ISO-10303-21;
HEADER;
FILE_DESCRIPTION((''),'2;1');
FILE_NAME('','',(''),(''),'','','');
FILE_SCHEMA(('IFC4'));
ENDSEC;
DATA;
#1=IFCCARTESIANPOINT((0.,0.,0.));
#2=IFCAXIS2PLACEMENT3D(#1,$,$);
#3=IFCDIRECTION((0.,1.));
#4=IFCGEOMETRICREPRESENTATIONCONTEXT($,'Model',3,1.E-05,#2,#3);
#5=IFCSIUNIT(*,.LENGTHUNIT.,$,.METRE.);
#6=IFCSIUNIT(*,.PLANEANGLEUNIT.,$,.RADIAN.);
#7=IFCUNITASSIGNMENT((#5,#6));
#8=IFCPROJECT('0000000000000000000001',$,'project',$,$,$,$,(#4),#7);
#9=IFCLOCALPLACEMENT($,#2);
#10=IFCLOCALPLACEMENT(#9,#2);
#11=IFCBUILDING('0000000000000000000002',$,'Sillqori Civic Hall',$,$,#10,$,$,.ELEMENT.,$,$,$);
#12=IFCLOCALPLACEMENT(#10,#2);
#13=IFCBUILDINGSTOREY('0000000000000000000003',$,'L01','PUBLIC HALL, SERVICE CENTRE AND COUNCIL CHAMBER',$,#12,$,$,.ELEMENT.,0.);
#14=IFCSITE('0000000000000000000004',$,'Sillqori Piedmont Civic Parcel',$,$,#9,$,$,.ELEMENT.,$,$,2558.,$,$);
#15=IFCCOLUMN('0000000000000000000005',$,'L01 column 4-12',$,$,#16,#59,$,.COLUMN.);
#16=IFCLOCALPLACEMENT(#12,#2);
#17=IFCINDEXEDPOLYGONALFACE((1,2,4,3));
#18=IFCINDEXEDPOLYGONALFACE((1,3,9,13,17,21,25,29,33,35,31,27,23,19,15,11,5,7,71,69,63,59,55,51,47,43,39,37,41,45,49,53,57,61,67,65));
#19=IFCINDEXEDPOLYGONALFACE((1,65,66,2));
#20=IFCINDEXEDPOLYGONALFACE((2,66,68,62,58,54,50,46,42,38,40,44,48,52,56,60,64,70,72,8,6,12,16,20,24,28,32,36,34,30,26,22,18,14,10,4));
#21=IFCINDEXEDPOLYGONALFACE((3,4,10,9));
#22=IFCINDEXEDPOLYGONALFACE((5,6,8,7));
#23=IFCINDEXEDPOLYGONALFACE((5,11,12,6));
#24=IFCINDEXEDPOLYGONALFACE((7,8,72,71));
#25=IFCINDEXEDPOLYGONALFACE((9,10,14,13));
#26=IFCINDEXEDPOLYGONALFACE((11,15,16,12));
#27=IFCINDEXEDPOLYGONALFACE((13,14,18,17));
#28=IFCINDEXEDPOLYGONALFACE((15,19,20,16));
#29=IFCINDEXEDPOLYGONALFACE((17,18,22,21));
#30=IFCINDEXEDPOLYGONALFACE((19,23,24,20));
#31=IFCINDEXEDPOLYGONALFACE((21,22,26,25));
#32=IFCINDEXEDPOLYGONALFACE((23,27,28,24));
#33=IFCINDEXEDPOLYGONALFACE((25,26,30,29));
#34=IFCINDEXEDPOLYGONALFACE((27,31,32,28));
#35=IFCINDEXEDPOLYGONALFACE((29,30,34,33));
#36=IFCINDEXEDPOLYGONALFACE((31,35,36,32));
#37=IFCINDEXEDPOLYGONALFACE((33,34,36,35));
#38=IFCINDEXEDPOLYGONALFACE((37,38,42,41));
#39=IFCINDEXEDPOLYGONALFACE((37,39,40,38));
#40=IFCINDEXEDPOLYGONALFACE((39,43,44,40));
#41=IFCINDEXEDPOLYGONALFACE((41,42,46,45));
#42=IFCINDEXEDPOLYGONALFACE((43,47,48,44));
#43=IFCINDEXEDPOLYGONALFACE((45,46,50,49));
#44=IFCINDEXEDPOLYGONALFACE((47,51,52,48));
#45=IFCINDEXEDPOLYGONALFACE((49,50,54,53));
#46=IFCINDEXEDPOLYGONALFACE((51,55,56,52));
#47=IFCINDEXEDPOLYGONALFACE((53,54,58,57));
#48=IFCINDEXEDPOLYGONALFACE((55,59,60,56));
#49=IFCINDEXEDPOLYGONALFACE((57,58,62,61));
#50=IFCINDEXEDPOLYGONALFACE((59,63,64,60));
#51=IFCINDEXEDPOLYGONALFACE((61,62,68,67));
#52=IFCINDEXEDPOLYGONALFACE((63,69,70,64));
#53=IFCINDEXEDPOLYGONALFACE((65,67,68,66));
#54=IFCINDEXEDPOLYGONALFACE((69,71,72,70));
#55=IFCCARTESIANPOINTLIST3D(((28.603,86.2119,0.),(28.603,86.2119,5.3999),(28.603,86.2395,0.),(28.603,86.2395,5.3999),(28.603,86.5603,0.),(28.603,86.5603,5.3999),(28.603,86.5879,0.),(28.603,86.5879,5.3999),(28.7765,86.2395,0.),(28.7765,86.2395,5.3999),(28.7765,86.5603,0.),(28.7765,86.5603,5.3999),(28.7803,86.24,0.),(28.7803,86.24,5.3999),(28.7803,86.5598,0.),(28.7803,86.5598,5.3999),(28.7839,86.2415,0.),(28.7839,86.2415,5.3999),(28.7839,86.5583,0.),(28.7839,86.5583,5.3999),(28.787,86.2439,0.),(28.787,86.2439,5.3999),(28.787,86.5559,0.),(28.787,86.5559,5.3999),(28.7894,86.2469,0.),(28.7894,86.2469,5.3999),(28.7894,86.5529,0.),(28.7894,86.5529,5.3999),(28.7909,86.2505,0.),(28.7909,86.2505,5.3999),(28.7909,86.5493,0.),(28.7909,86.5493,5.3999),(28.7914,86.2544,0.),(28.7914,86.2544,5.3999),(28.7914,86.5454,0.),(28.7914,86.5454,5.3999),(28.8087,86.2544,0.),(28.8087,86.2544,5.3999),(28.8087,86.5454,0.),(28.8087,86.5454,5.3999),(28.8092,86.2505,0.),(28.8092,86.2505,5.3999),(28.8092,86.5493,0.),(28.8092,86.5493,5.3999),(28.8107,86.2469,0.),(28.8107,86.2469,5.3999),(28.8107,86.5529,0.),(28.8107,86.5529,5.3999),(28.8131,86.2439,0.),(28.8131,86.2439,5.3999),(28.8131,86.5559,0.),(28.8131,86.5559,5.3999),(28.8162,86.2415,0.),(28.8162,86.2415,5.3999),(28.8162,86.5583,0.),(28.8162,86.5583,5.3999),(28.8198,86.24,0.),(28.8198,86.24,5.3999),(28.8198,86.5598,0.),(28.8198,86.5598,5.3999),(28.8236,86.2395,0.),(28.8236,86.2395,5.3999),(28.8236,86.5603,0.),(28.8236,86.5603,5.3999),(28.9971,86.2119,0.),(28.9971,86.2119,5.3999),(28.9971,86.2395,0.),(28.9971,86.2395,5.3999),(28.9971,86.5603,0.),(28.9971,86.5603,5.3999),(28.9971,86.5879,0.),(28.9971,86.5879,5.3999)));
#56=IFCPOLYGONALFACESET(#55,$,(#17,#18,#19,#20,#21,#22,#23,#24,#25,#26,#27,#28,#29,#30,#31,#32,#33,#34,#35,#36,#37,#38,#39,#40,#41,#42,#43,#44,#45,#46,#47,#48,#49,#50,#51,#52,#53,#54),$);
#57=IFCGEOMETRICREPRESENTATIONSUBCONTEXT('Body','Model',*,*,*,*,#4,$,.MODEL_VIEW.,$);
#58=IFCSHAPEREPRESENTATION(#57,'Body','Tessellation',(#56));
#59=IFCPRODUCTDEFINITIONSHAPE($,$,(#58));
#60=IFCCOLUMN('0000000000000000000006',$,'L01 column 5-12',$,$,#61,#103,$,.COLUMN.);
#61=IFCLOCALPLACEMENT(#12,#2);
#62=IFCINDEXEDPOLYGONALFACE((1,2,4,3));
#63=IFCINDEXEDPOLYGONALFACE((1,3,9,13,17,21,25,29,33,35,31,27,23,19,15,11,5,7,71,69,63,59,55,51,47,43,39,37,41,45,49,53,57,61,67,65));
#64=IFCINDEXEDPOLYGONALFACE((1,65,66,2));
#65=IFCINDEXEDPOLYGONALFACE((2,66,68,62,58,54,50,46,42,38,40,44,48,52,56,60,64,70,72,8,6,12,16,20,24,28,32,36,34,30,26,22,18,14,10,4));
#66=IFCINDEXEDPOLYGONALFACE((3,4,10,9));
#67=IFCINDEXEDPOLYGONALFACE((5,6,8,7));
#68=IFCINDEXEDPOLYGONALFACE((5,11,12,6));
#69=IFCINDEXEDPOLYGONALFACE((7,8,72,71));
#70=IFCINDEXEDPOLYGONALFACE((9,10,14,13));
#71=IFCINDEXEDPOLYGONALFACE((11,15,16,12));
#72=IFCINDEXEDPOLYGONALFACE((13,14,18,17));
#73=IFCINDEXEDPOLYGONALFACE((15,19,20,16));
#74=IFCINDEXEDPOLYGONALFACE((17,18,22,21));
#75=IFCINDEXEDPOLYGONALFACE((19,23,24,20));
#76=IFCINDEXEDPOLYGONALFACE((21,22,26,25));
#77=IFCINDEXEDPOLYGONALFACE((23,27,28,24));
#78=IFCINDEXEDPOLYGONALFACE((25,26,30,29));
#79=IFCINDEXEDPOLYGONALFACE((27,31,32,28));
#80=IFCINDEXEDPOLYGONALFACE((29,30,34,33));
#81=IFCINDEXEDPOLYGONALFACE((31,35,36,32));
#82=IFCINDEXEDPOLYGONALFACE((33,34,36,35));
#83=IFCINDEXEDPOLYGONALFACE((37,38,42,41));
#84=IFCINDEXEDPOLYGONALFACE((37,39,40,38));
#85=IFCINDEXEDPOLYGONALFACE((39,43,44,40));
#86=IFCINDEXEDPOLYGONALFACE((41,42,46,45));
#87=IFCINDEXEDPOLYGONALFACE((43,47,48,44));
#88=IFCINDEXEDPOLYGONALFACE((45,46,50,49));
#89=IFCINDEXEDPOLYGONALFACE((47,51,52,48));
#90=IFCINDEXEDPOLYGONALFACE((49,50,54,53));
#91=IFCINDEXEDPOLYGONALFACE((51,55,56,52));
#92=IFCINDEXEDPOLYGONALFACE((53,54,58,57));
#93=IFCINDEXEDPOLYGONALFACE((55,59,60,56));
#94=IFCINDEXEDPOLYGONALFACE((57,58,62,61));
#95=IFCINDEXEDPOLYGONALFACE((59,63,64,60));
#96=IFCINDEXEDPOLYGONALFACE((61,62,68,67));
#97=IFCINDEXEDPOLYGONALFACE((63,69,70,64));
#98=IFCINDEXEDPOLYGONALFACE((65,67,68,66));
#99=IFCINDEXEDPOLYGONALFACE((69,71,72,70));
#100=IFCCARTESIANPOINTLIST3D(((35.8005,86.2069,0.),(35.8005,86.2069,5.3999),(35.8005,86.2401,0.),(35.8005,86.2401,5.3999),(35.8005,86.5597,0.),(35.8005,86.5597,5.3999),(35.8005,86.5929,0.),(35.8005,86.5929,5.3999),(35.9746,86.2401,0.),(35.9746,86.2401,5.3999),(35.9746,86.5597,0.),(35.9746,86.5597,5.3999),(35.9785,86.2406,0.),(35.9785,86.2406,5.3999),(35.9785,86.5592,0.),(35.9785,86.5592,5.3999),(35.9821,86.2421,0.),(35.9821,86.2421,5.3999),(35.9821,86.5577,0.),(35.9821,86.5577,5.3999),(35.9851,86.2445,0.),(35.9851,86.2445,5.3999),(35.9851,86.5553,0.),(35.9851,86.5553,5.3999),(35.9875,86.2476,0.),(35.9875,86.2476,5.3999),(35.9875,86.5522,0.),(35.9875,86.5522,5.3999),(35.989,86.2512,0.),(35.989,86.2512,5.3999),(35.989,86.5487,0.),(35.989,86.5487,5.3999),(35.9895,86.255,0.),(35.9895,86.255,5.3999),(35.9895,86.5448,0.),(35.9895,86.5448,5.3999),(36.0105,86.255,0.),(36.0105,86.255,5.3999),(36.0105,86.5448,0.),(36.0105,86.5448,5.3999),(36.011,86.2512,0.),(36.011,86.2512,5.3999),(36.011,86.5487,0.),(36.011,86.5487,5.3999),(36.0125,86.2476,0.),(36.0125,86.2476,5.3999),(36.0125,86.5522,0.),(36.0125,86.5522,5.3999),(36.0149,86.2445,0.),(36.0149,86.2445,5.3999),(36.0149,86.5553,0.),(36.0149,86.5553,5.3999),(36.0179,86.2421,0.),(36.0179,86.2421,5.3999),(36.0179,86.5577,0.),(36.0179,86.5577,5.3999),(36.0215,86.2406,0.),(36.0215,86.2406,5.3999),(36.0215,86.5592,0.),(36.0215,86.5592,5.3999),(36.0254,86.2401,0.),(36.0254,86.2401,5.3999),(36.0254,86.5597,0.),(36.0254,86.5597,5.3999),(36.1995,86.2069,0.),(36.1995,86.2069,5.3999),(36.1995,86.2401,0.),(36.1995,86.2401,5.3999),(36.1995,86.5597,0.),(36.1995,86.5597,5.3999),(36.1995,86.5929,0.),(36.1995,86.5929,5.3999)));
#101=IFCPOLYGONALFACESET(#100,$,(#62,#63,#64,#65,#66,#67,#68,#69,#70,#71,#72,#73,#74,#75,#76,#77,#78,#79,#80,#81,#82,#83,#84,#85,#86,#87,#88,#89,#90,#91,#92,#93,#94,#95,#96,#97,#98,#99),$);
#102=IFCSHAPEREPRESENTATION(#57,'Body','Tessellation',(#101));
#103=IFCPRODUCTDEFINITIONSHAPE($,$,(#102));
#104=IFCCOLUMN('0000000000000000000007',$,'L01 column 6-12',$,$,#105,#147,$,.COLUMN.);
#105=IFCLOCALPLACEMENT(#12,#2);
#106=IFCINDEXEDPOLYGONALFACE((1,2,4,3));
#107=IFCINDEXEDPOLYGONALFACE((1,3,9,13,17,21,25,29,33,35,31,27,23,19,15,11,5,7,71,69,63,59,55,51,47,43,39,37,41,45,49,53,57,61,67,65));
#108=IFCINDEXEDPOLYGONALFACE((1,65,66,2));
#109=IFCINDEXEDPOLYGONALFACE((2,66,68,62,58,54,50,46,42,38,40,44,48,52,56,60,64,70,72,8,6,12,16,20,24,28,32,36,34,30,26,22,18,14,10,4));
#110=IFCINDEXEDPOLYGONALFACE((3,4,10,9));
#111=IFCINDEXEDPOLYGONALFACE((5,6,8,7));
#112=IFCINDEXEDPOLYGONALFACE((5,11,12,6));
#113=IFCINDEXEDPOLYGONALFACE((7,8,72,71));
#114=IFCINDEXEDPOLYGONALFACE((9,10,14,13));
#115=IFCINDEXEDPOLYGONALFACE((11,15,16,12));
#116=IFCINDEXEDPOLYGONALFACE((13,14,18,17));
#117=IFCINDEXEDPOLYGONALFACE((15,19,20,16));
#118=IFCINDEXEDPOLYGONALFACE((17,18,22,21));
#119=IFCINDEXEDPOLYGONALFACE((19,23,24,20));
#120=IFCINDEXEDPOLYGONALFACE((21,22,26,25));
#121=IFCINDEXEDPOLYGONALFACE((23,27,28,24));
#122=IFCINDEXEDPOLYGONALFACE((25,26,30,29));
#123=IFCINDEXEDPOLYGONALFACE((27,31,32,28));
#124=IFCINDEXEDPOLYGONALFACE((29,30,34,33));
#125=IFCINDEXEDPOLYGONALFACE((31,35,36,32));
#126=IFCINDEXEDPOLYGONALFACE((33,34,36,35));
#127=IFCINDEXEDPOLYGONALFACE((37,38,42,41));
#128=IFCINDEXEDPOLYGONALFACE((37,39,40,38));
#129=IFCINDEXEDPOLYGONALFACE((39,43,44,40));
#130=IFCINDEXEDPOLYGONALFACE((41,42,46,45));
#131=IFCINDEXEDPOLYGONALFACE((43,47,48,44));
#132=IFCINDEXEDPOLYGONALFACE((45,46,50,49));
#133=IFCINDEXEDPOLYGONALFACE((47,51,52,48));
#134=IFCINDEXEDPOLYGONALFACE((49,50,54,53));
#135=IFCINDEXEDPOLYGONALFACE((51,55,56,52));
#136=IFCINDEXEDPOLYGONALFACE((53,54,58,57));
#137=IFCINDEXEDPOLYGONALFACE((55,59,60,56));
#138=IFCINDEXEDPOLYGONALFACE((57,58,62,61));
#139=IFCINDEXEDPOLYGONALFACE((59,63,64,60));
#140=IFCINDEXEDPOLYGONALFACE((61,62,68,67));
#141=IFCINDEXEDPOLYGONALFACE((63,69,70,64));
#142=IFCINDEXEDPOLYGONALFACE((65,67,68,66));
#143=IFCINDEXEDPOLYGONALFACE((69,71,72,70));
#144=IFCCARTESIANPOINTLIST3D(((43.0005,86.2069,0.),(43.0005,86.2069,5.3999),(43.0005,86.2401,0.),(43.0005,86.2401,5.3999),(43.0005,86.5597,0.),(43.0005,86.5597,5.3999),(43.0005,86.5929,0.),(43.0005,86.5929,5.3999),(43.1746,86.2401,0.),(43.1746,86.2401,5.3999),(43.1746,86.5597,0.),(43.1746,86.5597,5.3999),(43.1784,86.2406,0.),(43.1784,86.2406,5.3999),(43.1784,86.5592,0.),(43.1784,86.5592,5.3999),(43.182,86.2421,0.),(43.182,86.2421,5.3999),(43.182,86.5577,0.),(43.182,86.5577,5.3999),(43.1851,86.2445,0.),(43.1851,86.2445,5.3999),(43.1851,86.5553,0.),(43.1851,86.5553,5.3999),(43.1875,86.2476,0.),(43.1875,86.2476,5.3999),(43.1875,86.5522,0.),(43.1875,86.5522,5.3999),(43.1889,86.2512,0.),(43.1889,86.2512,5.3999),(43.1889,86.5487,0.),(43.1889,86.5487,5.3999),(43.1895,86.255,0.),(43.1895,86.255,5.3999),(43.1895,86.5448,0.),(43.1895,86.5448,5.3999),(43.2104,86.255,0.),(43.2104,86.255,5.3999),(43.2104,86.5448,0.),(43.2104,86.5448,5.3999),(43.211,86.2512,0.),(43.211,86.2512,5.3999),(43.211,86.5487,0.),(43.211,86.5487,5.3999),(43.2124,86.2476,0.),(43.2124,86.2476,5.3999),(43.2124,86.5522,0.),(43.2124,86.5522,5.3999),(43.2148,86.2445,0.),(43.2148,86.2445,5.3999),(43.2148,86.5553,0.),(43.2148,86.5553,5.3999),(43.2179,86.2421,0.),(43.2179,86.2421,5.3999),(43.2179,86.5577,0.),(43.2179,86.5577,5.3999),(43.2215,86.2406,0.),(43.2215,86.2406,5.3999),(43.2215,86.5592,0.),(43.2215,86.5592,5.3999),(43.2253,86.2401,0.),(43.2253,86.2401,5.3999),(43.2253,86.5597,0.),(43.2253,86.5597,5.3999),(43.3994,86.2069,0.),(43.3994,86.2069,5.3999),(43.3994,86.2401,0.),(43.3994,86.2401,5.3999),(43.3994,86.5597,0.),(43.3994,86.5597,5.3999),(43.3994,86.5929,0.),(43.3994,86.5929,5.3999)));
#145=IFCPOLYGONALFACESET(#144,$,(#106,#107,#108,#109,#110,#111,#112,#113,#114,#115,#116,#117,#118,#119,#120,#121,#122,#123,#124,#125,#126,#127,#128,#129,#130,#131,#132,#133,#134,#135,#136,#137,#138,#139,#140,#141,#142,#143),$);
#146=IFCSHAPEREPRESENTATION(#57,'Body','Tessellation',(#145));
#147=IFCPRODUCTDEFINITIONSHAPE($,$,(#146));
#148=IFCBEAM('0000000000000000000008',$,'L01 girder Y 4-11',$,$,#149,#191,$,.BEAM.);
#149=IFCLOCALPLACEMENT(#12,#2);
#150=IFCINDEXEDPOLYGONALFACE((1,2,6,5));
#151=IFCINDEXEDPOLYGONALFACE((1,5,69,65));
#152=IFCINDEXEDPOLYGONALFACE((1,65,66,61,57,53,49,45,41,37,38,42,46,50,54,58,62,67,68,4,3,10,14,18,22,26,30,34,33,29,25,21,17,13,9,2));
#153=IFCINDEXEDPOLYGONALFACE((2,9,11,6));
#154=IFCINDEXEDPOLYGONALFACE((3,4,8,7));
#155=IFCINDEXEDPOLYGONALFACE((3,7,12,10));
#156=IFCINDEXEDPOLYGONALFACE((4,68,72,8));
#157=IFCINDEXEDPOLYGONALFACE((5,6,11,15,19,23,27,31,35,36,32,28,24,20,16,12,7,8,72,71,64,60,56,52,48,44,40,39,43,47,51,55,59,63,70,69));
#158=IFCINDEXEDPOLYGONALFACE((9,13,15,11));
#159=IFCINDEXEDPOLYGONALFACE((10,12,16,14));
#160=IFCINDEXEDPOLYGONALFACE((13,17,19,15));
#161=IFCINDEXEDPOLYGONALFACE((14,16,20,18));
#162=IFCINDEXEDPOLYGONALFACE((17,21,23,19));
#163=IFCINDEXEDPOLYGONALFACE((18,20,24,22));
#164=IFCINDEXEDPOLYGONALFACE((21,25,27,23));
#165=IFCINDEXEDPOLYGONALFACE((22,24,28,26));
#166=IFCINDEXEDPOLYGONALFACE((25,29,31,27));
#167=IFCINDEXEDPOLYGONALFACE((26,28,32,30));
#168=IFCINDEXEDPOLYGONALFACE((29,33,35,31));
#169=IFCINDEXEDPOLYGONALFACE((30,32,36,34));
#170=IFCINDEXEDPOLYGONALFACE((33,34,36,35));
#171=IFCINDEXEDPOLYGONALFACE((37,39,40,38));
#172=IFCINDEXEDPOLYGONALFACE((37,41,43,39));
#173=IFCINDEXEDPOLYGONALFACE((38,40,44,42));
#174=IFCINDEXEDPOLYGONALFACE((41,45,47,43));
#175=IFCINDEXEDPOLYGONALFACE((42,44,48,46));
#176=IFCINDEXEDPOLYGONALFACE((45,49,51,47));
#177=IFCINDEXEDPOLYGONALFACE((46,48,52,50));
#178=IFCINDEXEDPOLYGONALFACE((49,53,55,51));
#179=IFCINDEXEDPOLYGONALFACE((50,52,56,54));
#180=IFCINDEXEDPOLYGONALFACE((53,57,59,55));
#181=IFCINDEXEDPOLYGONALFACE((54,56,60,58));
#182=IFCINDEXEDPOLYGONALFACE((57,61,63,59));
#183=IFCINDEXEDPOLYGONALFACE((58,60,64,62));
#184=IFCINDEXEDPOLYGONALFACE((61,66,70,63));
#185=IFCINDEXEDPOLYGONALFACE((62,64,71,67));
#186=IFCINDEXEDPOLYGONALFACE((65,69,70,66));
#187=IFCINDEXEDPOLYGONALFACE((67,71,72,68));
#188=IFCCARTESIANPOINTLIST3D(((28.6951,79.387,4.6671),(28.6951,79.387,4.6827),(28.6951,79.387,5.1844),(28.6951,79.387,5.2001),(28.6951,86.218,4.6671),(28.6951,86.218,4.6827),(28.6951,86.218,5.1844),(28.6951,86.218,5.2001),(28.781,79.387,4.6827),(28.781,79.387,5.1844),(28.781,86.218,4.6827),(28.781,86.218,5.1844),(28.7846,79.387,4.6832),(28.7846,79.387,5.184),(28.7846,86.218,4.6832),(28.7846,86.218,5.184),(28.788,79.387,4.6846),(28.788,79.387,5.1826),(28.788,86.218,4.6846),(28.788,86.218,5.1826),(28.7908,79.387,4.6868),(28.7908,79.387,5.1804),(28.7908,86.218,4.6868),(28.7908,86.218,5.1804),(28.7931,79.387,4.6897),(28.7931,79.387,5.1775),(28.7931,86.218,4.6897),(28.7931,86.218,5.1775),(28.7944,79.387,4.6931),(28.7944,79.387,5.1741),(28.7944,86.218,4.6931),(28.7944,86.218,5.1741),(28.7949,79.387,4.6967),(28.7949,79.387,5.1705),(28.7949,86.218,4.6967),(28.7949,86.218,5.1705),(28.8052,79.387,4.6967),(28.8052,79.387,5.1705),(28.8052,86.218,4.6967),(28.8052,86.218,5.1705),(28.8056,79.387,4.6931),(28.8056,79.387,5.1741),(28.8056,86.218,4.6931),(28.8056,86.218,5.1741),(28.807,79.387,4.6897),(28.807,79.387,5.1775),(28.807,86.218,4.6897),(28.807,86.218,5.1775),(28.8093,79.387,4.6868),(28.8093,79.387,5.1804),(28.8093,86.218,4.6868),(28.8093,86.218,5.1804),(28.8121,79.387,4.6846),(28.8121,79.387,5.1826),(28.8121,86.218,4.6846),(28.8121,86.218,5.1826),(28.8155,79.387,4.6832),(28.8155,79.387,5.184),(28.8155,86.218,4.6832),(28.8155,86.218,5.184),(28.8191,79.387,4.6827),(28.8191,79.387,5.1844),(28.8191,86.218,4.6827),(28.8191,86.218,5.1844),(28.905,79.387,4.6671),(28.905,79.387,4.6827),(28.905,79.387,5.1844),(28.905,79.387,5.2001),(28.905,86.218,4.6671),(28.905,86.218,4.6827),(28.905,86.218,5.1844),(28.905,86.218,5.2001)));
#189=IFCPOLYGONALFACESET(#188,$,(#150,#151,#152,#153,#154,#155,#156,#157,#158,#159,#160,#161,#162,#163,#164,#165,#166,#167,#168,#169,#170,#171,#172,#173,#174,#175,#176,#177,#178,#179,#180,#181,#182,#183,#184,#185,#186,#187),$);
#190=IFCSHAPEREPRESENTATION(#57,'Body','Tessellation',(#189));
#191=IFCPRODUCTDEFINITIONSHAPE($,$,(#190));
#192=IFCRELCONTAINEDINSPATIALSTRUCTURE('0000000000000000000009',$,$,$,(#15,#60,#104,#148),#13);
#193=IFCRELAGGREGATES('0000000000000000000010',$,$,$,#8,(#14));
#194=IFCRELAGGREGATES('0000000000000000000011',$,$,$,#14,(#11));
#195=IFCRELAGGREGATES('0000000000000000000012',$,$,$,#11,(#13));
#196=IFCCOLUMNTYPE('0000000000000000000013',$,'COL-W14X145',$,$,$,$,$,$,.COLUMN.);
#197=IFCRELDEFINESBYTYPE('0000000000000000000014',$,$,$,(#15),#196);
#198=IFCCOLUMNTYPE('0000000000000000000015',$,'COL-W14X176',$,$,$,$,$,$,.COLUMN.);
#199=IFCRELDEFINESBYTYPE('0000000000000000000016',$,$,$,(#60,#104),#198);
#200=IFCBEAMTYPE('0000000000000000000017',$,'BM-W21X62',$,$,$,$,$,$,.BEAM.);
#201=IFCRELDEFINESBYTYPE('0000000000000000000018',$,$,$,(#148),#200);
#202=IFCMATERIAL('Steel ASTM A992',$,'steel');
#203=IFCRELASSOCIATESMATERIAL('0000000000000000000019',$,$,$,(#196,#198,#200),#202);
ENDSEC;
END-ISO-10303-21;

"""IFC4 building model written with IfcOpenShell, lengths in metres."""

from ifc_helpers import new_model, si_unit, direction, frame, origin, origin_2d, place, context, subcontext, project, spatial, i_section, extrude, material, material_profile, profile_set, type_object, element, save


model = new_model("IFC4")

# Units and contexts
model_context = context("Model", 3, precision=1e-05, world=origin(), true_north=direction((0.0, 1.0)))
body_context = subcontext(model_context, "Body", "Model", "MODEL_VIEW")
ifc_project = project(units=[si_unit("LENGTHUNIT", "METRE"), si_unit("PLANEANGLEUNIT", "RADIAN")], contexts=[model_context])

# Site, building, storey
site_placement = place(None, origin())
site = spatial("IfcSite", under=ifc_project, at=site_placement, Name="Sillqori Piedmont Civic Parcel", CompositionType="ELEMENT", RefElevation=2558.0)
building_placement = place(site_placement, origin())
building = spatial("IfcBuilding", under=site, at=building_placement, Name="Sillqori Civic Hall", CompositionType="ELEMENT")
storey_placement = place(building_placement, origin())
storey = spatial("IfcBuildingStorey", under=building, at=storey_placement, Name="L01", Description="PUBLIC HALL, SERVICE CENTRE AND COUNCIL CHAMBER", CompositionType="ELEMENT", Elevation=0.0)

# Columns
ifc_material_1 = material(Name="Steel ASTM A992", Category="steel")
ifc_material_profile_1 = material_profile(ifc_material_1, i_section(OverallWidth=0.394, OverallDepth=0.376, WebThickness=0.0173, FlangeThickness=0.0276, FilletRadius=0.0149, at=origin_2d()), Name="W14X145")
ifc_profile_set_1 = profile_set([ifc_material_profile_1], Name="Steel ASTM A992")
column_type_1 = type_object("IfcColumnType", Name="COL-W14X145", PredefinedType="COLUMN", material=ifc_profile_set_1)
column_placement = place(storey_placement, frame((28.8, 86.3999, 0.0), z_axis=(0.0, 0.0, 1.0), x_axis=(1.0, 0.0, 0.0)))
element("IfcColumn", 1, at=column_placement, inside=storey, type_object=column_type_1, Name="L01 column 4-12", PredefinedType="COLUMN", context=body_context, shape_type="SweptSolid", body=[
    extrude(i_section(OverallWidth=0.394, OverallDepth=0.376, WebThickness=0.0173, FlangeThickness=0.0276, FilletRadius=0.0149, at=origin_2d()), origin(), (0.0, 0.0, 1.0), 5.3999),
])
ifc_material_profile_2 = material_profile(ifc_material_1, i_section(OverallWidth=0.3989, OverallDepth=0.386, WebThickness=0.021, FlangeThickness=0.0332, FilletRadius=0.0149, at=origin_2d()), Name="W14X176")
ifc_profile_set_2 = profile_set([ifc_material_profile_2], Name="Steel ASTM A992")
column_type_2 = type_object("IfcColumnType", Name="COL-W14X176", PredefinedType="COLUMN", material=ifc_profile_set_2)
for number, where, z_axis, x_axis, name in (
    (2, (36.0, 86.3999, 0.0), (0.0, 0.0, 1.0), (1.0, 0.0, 0.0), "L01 column 5-12"),
    (3, (43.2, 86.3999, 0.0), (0.0, 0.0, 1.0), (1.0, 0.0, 0.0), "L01 column 6-12"),
):
    element("IfcColumn", number, at=place(storey_placement, frame(where, z_axis=z_axis, x_axis=x_axis)), inside=storey, type_object=column_type_2, Name=name, PredefinedType="COLUMN", context=body_context, shape_type="SweptSolid", body=[
        extrude(i_section(OverallWidth=0.3989, OverallDepth=0.386, WebThickness=0.021, FlangeThickness=0.0332, FilletRadius=0.0149, at=origin_2d()), origin(), (0.0, 0.0, 1.0), 5.3999),
    ])

# Beam
ifc_material_profile_3 = material_profile(ifc_material_1, i_section(OverallWidth=0.21, OverallDepth=0.533, WebThickness=0.0103, FlangeThickness=0.0156, FilletRadius=0.0139, at=origin_2d()), Name="W21X62")
ifc_profile_set_3 = profile_set([ifc_material_profile_3], Name="Steel ASTM A992")
beam_type_1 = type_object("IfcBeamType", Name="BM-W21X62", PredefinedType="BEAM", material=ifc_profile_set_3)
beam_1_placement = place(storey_placement, frame((28.8, 79.387, 4.9336), z_axis=(0.0, 1.0, 0.0), x_axis=(-1.0, 0.0, 0.0)))
element("IfcBeam", 4, at=beam_1_placement, inside=storey, type_object=beam_type_1, Name="L01 girder Y 4-11", PredefinedType="BEAM", context=body_context, shape_type="SweptSolid", body=[
    extrude(i_section(OverallWidth=0.21, OverallDepth=0.533, WebThickness=0.0103, FlangeThickness=0.0156, FilletRadius=0.0139, at=origin_2d()), origin(), (0.0, 0.0, 1.0), 6.8311),
])

save(model, "model.ifc")
